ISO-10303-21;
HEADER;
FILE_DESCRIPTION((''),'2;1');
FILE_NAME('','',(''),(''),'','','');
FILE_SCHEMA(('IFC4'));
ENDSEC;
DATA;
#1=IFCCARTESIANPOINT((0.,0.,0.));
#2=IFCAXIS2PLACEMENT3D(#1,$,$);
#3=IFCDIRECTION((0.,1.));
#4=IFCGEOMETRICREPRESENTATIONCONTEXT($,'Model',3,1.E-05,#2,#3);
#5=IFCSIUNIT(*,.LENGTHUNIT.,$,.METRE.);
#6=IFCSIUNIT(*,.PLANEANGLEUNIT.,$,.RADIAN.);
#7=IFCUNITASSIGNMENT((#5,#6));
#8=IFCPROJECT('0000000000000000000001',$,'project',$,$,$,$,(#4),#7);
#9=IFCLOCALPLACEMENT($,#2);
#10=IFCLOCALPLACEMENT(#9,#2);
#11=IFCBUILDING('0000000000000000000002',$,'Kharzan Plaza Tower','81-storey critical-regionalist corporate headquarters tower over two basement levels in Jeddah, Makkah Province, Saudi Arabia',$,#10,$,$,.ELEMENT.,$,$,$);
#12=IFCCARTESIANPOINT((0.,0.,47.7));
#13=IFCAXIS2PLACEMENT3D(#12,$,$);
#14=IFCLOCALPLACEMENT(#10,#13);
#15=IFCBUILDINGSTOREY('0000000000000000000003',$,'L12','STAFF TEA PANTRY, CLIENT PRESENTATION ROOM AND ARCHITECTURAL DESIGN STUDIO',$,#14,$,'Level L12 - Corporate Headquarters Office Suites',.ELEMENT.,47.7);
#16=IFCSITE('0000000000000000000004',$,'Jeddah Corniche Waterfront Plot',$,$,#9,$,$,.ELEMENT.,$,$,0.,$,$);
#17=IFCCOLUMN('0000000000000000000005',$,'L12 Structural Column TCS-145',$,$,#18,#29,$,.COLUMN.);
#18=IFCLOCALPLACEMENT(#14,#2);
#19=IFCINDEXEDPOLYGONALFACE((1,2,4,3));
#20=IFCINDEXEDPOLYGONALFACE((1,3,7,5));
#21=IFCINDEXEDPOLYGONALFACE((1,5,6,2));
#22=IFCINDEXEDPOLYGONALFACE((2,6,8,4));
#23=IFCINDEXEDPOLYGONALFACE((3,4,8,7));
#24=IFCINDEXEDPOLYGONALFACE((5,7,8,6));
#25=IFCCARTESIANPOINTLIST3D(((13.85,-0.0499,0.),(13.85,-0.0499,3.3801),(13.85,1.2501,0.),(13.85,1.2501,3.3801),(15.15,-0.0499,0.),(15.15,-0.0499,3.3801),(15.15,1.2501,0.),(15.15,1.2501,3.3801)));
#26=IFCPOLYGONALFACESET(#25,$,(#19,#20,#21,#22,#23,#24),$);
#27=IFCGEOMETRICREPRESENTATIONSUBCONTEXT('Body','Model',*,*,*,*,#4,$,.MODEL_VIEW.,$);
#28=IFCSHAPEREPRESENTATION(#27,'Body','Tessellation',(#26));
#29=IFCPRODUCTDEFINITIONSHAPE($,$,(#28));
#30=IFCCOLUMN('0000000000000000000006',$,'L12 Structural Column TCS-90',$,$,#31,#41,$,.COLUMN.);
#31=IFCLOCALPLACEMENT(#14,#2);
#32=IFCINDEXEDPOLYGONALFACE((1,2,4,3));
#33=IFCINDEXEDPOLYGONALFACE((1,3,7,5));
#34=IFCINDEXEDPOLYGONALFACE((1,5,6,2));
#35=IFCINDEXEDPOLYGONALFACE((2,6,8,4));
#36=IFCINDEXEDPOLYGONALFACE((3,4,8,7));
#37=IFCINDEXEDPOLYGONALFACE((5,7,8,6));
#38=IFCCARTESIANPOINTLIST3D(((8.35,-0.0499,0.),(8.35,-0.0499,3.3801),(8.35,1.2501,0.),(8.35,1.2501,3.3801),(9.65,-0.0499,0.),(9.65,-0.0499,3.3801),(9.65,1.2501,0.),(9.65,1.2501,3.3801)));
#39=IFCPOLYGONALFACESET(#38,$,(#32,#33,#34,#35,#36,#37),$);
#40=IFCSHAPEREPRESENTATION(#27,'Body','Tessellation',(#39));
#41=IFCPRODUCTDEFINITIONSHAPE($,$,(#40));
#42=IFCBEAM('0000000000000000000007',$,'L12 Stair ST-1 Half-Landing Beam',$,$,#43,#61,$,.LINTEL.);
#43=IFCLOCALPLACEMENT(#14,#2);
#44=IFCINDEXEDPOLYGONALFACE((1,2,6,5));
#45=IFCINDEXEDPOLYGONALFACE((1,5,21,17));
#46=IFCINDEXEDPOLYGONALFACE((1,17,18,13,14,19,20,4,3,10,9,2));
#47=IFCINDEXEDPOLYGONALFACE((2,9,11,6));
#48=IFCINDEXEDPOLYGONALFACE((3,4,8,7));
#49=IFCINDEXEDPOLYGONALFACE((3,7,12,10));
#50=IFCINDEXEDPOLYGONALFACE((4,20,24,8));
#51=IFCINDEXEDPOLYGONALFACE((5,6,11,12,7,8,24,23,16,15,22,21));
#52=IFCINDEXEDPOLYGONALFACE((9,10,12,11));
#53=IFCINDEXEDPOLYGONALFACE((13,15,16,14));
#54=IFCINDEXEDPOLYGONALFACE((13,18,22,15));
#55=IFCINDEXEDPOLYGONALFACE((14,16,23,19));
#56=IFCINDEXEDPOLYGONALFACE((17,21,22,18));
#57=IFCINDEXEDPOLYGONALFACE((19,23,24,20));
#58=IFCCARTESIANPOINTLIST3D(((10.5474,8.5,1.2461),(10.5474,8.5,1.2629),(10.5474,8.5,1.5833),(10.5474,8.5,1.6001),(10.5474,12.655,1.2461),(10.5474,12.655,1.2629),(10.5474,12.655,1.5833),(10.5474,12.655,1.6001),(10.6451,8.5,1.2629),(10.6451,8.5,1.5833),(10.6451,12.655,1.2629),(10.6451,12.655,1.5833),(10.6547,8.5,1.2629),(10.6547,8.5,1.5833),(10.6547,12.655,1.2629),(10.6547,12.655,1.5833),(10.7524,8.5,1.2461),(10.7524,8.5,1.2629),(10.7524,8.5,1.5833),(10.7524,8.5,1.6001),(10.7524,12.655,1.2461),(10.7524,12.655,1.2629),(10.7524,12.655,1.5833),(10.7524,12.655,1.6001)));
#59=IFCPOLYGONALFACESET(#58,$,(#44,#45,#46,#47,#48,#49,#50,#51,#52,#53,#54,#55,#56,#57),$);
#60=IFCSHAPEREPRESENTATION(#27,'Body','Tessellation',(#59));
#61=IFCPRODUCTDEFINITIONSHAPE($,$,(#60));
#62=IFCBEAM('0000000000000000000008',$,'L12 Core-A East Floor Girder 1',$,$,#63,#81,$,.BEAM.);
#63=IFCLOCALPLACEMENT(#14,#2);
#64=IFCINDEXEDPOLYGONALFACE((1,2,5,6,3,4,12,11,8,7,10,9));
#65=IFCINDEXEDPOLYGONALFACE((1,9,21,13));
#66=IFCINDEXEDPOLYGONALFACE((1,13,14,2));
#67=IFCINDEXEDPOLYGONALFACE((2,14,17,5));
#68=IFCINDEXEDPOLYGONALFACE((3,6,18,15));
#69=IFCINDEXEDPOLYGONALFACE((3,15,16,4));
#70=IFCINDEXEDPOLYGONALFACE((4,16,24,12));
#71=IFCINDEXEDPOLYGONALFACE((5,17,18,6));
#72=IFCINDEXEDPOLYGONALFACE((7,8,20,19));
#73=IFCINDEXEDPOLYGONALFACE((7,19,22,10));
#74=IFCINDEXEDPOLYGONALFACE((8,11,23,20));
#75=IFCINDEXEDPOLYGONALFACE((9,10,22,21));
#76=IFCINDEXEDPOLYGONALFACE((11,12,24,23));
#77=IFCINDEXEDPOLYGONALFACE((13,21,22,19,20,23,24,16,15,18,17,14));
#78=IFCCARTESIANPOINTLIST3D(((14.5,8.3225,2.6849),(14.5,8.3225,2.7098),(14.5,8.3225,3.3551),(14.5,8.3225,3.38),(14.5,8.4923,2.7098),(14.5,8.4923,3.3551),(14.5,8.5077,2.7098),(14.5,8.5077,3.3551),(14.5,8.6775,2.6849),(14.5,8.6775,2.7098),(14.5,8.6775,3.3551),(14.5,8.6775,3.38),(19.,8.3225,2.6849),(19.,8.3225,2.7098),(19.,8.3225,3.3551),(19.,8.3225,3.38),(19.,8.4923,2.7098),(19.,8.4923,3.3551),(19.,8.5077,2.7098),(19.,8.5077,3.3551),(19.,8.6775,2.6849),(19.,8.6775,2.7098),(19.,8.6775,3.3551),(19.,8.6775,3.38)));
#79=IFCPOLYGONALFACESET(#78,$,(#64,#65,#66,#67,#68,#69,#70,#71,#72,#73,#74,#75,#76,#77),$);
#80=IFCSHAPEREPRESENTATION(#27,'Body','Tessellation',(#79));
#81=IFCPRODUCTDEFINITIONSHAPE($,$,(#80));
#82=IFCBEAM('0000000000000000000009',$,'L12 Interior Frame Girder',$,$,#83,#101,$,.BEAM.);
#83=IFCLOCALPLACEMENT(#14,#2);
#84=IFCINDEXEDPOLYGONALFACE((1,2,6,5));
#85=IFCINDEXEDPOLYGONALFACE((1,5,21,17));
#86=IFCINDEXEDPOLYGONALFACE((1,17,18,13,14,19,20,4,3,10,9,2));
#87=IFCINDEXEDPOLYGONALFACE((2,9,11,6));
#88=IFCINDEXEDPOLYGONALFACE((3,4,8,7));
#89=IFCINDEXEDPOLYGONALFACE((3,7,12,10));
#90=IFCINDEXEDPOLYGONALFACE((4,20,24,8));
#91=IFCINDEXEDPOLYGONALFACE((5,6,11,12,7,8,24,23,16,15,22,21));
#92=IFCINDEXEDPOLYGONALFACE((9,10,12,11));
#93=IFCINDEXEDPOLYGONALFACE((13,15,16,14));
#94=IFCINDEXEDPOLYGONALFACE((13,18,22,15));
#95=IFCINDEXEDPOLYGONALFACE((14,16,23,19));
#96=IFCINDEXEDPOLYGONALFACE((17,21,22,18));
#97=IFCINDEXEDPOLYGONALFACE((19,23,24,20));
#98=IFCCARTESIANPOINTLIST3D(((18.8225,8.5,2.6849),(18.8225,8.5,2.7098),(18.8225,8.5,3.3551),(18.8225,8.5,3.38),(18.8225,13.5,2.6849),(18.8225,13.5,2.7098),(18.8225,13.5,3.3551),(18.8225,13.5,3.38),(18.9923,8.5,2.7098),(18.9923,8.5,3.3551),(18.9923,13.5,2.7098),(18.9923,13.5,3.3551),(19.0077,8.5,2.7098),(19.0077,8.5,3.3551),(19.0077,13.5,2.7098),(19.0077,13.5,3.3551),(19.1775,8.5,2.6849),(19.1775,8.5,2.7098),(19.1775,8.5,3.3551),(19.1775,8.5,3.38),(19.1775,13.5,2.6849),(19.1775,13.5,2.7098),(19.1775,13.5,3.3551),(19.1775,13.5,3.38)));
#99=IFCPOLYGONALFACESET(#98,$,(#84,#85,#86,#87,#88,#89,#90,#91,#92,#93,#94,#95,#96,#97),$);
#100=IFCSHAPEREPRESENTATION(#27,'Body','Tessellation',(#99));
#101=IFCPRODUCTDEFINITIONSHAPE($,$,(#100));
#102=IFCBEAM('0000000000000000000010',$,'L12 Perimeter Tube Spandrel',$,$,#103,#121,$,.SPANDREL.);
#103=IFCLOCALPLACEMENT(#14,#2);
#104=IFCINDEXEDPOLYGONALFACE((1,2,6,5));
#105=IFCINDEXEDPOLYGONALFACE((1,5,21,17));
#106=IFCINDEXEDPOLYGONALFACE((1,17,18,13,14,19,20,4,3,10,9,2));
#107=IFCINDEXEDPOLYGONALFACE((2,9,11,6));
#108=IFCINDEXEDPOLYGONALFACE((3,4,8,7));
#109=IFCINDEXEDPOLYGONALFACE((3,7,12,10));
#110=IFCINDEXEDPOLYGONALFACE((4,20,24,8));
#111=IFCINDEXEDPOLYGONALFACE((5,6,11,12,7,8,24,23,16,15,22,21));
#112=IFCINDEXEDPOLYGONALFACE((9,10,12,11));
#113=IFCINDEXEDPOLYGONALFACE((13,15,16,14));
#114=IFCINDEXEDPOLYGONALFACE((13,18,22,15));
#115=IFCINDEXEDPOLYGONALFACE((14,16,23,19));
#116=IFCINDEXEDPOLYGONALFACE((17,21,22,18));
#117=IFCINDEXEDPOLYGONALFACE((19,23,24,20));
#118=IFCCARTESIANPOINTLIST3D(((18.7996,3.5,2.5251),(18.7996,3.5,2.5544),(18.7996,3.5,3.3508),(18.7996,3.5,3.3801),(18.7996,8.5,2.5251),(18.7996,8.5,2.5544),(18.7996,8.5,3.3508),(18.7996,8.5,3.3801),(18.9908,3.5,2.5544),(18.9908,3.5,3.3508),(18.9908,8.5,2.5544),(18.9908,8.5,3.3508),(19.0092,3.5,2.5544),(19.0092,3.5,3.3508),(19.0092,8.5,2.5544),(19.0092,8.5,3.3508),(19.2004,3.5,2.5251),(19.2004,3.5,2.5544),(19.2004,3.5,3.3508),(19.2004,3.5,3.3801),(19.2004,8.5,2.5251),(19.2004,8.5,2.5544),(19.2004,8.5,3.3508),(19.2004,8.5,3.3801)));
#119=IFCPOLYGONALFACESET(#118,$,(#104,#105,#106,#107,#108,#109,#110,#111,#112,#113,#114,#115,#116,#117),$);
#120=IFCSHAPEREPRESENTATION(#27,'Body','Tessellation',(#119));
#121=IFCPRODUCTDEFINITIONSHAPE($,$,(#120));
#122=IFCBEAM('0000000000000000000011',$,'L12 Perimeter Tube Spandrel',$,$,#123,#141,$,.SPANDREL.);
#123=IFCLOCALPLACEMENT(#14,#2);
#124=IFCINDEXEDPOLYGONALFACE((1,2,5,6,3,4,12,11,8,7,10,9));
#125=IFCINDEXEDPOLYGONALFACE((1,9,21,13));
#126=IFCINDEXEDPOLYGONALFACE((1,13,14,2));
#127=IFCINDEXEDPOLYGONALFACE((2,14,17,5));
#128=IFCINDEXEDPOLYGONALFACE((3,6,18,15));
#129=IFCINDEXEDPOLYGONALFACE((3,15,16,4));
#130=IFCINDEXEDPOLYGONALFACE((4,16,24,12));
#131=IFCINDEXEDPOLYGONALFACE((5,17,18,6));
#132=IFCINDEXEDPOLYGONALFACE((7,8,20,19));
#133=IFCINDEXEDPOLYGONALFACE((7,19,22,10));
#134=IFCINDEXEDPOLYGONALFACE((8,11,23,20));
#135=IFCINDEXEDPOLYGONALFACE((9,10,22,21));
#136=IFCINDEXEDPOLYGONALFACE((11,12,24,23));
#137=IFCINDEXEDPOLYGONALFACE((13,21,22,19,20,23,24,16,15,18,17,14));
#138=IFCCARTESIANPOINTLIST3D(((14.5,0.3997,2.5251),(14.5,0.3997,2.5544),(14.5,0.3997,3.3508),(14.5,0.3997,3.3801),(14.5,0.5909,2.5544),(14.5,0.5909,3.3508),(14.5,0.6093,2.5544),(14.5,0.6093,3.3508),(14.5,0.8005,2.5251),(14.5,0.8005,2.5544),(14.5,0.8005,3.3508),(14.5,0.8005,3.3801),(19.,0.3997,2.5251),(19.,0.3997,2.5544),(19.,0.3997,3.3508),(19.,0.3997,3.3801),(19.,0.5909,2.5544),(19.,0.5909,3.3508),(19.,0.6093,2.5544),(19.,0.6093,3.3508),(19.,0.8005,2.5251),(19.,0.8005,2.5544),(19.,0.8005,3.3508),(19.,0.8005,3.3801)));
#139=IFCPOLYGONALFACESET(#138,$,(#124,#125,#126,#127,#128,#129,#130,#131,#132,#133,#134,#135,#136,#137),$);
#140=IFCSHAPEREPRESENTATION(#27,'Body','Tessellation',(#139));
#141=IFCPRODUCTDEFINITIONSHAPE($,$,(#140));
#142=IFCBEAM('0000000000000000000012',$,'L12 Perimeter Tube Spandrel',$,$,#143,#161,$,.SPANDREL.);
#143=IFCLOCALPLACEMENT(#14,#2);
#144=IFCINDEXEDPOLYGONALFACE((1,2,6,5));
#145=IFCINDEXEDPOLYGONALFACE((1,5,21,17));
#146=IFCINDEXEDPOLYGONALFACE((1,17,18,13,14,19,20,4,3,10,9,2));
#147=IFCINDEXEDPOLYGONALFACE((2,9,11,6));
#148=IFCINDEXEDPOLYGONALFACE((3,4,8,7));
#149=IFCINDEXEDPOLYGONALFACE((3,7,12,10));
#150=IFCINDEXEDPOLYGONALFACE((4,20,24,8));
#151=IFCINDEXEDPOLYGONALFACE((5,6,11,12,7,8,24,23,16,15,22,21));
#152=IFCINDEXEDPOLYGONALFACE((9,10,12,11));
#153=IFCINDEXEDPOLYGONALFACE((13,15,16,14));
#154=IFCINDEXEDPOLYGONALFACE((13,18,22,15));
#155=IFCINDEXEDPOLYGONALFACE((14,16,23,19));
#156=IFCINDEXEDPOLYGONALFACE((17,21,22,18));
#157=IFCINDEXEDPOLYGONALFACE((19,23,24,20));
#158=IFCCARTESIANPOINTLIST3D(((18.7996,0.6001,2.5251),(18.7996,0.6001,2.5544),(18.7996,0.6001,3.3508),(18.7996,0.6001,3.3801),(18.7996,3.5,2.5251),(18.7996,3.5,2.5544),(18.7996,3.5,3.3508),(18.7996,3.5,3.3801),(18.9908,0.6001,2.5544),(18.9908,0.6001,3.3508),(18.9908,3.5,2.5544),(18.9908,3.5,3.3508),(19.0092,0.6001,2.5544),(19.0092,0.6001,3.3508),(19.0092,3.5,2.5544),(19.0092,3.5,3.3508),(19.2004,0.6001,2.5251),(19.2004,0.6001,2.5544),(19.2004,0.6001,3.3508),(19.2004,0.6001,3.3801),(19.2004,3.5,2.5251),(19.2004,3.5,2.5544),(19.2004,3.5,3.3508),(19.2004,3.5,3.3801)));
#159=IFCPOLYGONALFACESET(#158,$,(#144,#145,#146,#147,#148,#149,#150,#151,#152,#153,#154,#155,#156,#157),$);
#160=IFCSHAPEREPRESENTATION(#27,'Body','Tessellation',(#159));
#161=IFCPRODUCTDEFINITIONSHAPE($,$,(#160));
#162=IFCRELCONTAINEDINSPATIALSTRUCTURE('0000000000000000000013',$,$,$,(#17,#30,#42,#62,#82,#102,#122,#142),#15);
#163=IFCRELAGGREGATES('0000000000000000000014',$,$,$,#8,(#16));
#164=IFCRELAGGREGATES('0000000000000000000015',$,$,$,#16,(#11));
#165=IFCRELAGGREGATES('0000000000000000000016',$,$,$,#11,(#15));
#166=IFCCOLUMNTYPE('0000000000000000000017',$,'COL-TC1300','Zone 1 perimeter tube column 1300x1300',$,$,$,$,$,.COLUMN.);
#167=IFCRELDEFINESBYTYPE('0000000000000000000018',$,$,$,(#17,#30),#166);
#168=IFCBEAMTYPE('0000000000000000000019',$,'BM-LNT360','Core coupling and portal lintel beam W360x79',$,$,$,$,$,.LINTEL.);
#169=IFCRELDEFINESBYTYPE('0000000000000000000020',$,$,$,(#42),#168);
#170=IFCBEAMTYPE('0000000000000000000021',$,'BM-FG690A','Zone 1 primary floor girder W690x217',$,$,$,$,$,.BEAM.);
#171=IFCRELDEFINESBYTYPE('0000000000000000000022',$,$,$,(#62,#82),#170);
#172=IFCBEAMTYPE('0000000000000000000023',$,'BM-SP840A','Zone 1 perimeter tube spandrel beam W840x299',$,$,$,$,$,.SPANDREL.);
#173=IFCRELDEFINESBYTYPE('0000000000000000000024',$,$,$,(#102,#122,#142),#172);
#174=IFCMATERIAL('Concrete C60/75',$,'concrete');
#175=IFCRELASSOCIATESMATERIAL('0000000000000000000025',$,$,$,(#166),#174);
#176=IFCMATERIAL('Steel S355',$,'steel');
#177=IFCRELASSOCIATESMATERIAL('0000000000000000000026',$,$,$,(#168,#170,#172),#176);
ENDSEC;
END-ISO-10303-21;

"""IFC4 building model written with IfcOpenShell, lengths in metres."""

from ifc_helpers import new_model, si_unit, direction, frame, origin, origin_2d, place, context, subcontext, project, spatial, rectangle, i_section, extrude, source, transform, mapped, material, material_profile, profile_set, type_object, element, save


model = new_model("IFC4")

# Units and contexts
model_context = context("Model", 3, precision=1e-05, world=origin(), true_north=direction((0.0, 1.0)))
body_context = subcontext(model_context, "Body", "Model", "MODEL_VIEW")
ifc_project = project(units=[si_unit("LENGTHUNIT", "METRE"), si_unit("PLANEANGLEUNIT", "RADIAN")], contexts=[model_context])

# Site, building, storey
site_placement = place(None, origin())
site = spatial("IfcSite", under=ifc_project, at=site_placement, Name="Jeddah Corniche Waterfront Plot", CompositionType="ELEMENT", RefElevation=0.0)
building_placement = place(site_placement, origin())
building = spatial("IfcBuilding", under=site, at=building_placement, Name="Kharzan Plaza Tower", Description="81-storey critical-regionalist corporate headquarters tower over two basement levels in Jeddah, Makkah Province, Saudi Arabia", CompositionType="ELEMENT")
storey_placement = place(building_placement, frame((0.0, 0.0, 47.7)))
storey = spatial("IfcBuildingStorey", under=building, at=storey_placement, Name="L12", Description="STAFF TEA PANTRY, CLIENT PRESENTATION ROOM AND ARCHITECTURAL DESIGN STUDIO", LongName="Level L12 - Corporate Headquarters Office Suites", CompositionType="ELEMENT", Elevation=47.7)

# Columns
ifc_material_1 = material(Name="Concrete C60/75", Category="concrete")
ifc_material_profile_1 = material_profile(ifc_material_1, rectangle(XDim=1.3, YDim=1.3, at=origin_2d()), Name="RC-TC1300x1300")
ifc_profile_set_1 = profile_set([ifc_material_profile_1], Name="Concrete C60/75")
column_type = type_object("IfcColumnType", Name="COL-TC1300", Description="Zone 1 perimeter tube column 1300x1300", PredefinedType="COLUMN", material=ifc_profile_set_1)
shared_shape_1 = source(origin(), body_context, "Body", "SweptSolid", [
    extrude(rectangle(XDim=1.3, YDim=1.3, at=origin_2d()), origin(), (0.0, 0.0, 1.0), 3.3801),
])
for number, where, z_axis, x_axis, name in (
    (1, (14.5, 0.6001, 0.0), (0.0, 0.0, 1.0), (1.0, 0.0, 0.0), "L12 Structural Column TCS-145"),
    (2, (9.0, 0.6001, 0.0), (0.0, 0.0, 1.0), (1.0, 0.0, 0.0), "L12 Structural Column TCS-90"),
):
    element("IfcColumn", number, at=place(storey_placement, frame(where, z_axis=z_axis, x_axis=x_axis)), inside=storey, type_object=column_type, Name=name, PredefinedType="COLUMN", context=body_context, shape_type="MappedRepresentation", body=[
        mapped(shared_shape_1, transform((0.0, 0.0, 0.0), x_axis=(1.0, 0.0, 0.0), y_axis=(0.0, 1.0, 0.0), z_axis=(0.0, 0.0, 1.0))),
    ])

# Beams
ifc_material_2 = material(Name="Steel S355", Category="steel")
ifc_material_profile_2 = material_profile(ifc_material_2, i_section(OverallWidth=0.2051, OverallDepth=0.354, WebThickness=0.0095, FlangeThickness=0.0168, at=origin_2d()), Name="W360x79")
ifc_profile_set_2 = profile_set([ifc_material_profile_2], Name="Steel S355")
beam_type_1 = type_object("IfcBeamType", Name="BM-LNT360", Description="Core coupling and portal lintel beam W360x79", PredefinedType="LINTEL", material=ifc_profile_set_2)
shared_shape_2 = source(origin(), body_context, "Body", "SweptSolid", [
    extrude(i_section(OverallWidth=0.2051, OverallDepth=0.354, WebThickness=0.0095, FlangeThickness=0.0168, at=origin_2d()), origin(), (0.0, 0.0, 1.0), 4.155),
])
beam_1_placement = place(storey_placement, frame((10.6499, 8.5, 1.4231), z_axis=(0.0, 1.0, 0.0), x_axis=(-1.0, 0.0, 0.0)))
element("IfcBeam", 3, at=beam_1_placement, inside=storey, type_object=beam_type_1, Name="L12 Stair ST-1 Half-Landing Beam", PredefinedType="LINTEL", context=body_context, shape_type="MappedRepresentation", body=[
    mapped(shared_shape_2, transform((0.0, 0.0, 0.0), x_axis=(1.0, 0.0, 0.0), y_axis=(0.0, 1.0, 0.0), z_axis=(0.0, 0.0, 1.0))),
])
ifc_material_profile_3 = material_profile(ifc_material_2, i_section(OverallWidth=0.355, OverallDepth=0.6951, WebThickness=0.0154, FlangeThickness=0.0249, at=origin_2d()), Name="W690x217")
ifc_profile_set_3 = profile_set([ifc_material_profile_3], Name="Steel S355")
beam_type_2 = type_object("IfcBeamType", Name="BM-FG690A", Description="Zone 1 primary floor girder W690x217", PredefinedType="BEAM", material=ifc_profile_set_3)
shared_shape_3 = source(origin(), body_context, "Body", "SweptSolid", [
    extrude(i_section(OverallWidth=0.355, OverallDepth=0.6951, WebThickness=0.0154, FlangeThickness=0.0249, at=origin_2d()), origin(), (0.0, 0.0, 1.0), 4.5),
])
beam_2_placement = place(storey_placement, frame((14.5, 8.5, 3.0325), z_axis=(1.0, 0.0, 0.0), x_axis=(0.0, 1.0, 0.0)))
element("IfcBeam", 4, at=beam_2_placement, inside=storey, type_object=beam_type_2, Name="L12 Core-A East Floor Girder 1", PredefinedType="BEAM", context=body_context, shape_type="MappedRepresentation", body=[
    mapped(shared_shape_3, transform((0.0, 0.0, 0.0), x_axis=(1.0, 0.0, 0.0), y_axis=(0.0, 1.0, 0.0), z_axis=(0.0, 0.0, 1.0))),
])
shared_shape_4 = source(origin(), body_context, "Body", "SweptSolid", [
    extrude(i_section(OverallWidth=0.355, OverallDepth=0.6951, WebThickness=0.0154, FlangeThickness=0.0249, at=origin_2d()), origin(), (0.0, 0.0, 1.0), 5.0),
])
beam_3_placement = place(storey_placement, frame((19.0, 8.5, 3.0325), z_axis=(0.0, 1.0, 0.0), x_axis=(-1.0, 0.0, 0.0)))
element("IfcBeam", 5, at=beam_3_placement, inside=storey, type_object=beam_type_2, Name="L12 Interior Frame Girder", PredefinedType="BEAM", context=body_context, shape_type="MappedRepresentation", body=[
    mapped(shared_shape_4, transform((0.0, 0.0, 0.0), x_axis=(1.0, 0.0, 0.0), y_axis=(0.0, 1.0, 0.0), z_axis=(0.0, 0.0, 1.0))),
])
ifc_material_profile_4 = material_profile(ifc_material_2, i_section(OverallWidth=0.4009, OverallDepth=0.855, WebThickness=0.0183, FlangeThickness=0.0293, at=origin_2d()), Name="W840x299")
ifc_profile_set_4 = profile_set([ifc_material_profile_4], Name="Steel S355")
beam_type_3 = type_object("IfcBeamType", Name="BM-SP840A", Description="Zone 1 perimeter tube spandrel beam W840x299", PredefinedType="SPANDREL", material=ifc_profile_set_4)
shared_shape_5 = source(origin(), body_context, "Body", "SweptSolid", [
    extrude(i_section(OverallWidth=0.4009, OverallDepth=0.855, WebThickness=0.0183, FlangeThickness=0.0293, at=origin_2d()), origin(), (0.0, 0.0, 1.0), 5.0),
])
beam_4_placement = place(storey_placement, frame((19.0, 3.5, 2.9526), z_axis=(0.0, 1.0, 0.0), x_axis=(-1.0, 0.0, 0.0)))
element("IfcBeam", 6, at=beam_4_placement, inside=storey, type_object=beam_type_3, Name="L12 Perimeter Tube Spandrel", PredefinedType="SPANDREL", context=body_context, shape_type="MappedRepresentation", body=[
    mapped(shared_shape_5, transform((0.0, 0.0, 0.0), x_axis=(1.0, 0.0, 0.0), y_axis=(0.0, 1.0, 0.0), z_axis=(0.0, 0.0, 1.0))),
])
shared_shape_6 = source(origin(), body_context, "Body", "SweptSolid", [
    extrude(i_section(OverallWidth=0.4009, OverallDepth=0.855, WebThickness=0.0183, FlangeThickness=0.0293, at=origin_2d()), origin(), (0.0, 0.0, 1.0), 4.5),
])
beam_5_placement = place(storey_placement, frame((14.5, 0.6001, 2.9526), z_axis=(1.0, 0.0, 0.0), x_axis=(0.0, 1.0, 0.0)))
element("IfcBeam", 7, at=beam_5_placement, inside=storey, type_object=beam_type_3, Name="L12 Perimeter Tube Spandrel", PredefinedType="SPANDREL", context=body_context, shape_type="MappedRepresentation", body=[
    mapped(shared_shape_6, transform((0.0, 0.0, 0.0), x_axis=(1.0, 0.0, 0.0), y_axis=(0.0, 1.0, 0.0), z_axis=(0.0, 0.0, 1.0))),
])
shared_shape_7 = source(origin(), body_context, "Body", "SweptSolid", [
    extrude(i_section(OverallWidth=0.4009, OverallDepth=0.855, WebThickness=0.0183, FlangeThickness=0.0293, at=origin_2d()), origin(), (0.0, 0.0, 1.0), 2.8999),
])
beam_6_placement = place(storey_placement, frame((19.0, 0.6001, 2.9526), z_axis=(0.0, 1.0, 0.0), x_axis=(-1.0, 0.0, 0.0)))
element("IfcBeam", 8, at=beam_6_placement, inside=storey, type_object=beam_type_3, Name="L12 Perimeter Tube Spandrel", PredefinedType="SPANDREL", context=body_context, shape_type="MappedRepresentation", body=[
    mapped(shared_shape_7, transform((0.0, 0.0, 0.0), x_axis=(1.0, 0.0, 0.0), y_axis=(0.0, 1.0, 0.0), z_axis=(0.0, 0.0, 1.0))),
])

save(model, "model.ifc")
